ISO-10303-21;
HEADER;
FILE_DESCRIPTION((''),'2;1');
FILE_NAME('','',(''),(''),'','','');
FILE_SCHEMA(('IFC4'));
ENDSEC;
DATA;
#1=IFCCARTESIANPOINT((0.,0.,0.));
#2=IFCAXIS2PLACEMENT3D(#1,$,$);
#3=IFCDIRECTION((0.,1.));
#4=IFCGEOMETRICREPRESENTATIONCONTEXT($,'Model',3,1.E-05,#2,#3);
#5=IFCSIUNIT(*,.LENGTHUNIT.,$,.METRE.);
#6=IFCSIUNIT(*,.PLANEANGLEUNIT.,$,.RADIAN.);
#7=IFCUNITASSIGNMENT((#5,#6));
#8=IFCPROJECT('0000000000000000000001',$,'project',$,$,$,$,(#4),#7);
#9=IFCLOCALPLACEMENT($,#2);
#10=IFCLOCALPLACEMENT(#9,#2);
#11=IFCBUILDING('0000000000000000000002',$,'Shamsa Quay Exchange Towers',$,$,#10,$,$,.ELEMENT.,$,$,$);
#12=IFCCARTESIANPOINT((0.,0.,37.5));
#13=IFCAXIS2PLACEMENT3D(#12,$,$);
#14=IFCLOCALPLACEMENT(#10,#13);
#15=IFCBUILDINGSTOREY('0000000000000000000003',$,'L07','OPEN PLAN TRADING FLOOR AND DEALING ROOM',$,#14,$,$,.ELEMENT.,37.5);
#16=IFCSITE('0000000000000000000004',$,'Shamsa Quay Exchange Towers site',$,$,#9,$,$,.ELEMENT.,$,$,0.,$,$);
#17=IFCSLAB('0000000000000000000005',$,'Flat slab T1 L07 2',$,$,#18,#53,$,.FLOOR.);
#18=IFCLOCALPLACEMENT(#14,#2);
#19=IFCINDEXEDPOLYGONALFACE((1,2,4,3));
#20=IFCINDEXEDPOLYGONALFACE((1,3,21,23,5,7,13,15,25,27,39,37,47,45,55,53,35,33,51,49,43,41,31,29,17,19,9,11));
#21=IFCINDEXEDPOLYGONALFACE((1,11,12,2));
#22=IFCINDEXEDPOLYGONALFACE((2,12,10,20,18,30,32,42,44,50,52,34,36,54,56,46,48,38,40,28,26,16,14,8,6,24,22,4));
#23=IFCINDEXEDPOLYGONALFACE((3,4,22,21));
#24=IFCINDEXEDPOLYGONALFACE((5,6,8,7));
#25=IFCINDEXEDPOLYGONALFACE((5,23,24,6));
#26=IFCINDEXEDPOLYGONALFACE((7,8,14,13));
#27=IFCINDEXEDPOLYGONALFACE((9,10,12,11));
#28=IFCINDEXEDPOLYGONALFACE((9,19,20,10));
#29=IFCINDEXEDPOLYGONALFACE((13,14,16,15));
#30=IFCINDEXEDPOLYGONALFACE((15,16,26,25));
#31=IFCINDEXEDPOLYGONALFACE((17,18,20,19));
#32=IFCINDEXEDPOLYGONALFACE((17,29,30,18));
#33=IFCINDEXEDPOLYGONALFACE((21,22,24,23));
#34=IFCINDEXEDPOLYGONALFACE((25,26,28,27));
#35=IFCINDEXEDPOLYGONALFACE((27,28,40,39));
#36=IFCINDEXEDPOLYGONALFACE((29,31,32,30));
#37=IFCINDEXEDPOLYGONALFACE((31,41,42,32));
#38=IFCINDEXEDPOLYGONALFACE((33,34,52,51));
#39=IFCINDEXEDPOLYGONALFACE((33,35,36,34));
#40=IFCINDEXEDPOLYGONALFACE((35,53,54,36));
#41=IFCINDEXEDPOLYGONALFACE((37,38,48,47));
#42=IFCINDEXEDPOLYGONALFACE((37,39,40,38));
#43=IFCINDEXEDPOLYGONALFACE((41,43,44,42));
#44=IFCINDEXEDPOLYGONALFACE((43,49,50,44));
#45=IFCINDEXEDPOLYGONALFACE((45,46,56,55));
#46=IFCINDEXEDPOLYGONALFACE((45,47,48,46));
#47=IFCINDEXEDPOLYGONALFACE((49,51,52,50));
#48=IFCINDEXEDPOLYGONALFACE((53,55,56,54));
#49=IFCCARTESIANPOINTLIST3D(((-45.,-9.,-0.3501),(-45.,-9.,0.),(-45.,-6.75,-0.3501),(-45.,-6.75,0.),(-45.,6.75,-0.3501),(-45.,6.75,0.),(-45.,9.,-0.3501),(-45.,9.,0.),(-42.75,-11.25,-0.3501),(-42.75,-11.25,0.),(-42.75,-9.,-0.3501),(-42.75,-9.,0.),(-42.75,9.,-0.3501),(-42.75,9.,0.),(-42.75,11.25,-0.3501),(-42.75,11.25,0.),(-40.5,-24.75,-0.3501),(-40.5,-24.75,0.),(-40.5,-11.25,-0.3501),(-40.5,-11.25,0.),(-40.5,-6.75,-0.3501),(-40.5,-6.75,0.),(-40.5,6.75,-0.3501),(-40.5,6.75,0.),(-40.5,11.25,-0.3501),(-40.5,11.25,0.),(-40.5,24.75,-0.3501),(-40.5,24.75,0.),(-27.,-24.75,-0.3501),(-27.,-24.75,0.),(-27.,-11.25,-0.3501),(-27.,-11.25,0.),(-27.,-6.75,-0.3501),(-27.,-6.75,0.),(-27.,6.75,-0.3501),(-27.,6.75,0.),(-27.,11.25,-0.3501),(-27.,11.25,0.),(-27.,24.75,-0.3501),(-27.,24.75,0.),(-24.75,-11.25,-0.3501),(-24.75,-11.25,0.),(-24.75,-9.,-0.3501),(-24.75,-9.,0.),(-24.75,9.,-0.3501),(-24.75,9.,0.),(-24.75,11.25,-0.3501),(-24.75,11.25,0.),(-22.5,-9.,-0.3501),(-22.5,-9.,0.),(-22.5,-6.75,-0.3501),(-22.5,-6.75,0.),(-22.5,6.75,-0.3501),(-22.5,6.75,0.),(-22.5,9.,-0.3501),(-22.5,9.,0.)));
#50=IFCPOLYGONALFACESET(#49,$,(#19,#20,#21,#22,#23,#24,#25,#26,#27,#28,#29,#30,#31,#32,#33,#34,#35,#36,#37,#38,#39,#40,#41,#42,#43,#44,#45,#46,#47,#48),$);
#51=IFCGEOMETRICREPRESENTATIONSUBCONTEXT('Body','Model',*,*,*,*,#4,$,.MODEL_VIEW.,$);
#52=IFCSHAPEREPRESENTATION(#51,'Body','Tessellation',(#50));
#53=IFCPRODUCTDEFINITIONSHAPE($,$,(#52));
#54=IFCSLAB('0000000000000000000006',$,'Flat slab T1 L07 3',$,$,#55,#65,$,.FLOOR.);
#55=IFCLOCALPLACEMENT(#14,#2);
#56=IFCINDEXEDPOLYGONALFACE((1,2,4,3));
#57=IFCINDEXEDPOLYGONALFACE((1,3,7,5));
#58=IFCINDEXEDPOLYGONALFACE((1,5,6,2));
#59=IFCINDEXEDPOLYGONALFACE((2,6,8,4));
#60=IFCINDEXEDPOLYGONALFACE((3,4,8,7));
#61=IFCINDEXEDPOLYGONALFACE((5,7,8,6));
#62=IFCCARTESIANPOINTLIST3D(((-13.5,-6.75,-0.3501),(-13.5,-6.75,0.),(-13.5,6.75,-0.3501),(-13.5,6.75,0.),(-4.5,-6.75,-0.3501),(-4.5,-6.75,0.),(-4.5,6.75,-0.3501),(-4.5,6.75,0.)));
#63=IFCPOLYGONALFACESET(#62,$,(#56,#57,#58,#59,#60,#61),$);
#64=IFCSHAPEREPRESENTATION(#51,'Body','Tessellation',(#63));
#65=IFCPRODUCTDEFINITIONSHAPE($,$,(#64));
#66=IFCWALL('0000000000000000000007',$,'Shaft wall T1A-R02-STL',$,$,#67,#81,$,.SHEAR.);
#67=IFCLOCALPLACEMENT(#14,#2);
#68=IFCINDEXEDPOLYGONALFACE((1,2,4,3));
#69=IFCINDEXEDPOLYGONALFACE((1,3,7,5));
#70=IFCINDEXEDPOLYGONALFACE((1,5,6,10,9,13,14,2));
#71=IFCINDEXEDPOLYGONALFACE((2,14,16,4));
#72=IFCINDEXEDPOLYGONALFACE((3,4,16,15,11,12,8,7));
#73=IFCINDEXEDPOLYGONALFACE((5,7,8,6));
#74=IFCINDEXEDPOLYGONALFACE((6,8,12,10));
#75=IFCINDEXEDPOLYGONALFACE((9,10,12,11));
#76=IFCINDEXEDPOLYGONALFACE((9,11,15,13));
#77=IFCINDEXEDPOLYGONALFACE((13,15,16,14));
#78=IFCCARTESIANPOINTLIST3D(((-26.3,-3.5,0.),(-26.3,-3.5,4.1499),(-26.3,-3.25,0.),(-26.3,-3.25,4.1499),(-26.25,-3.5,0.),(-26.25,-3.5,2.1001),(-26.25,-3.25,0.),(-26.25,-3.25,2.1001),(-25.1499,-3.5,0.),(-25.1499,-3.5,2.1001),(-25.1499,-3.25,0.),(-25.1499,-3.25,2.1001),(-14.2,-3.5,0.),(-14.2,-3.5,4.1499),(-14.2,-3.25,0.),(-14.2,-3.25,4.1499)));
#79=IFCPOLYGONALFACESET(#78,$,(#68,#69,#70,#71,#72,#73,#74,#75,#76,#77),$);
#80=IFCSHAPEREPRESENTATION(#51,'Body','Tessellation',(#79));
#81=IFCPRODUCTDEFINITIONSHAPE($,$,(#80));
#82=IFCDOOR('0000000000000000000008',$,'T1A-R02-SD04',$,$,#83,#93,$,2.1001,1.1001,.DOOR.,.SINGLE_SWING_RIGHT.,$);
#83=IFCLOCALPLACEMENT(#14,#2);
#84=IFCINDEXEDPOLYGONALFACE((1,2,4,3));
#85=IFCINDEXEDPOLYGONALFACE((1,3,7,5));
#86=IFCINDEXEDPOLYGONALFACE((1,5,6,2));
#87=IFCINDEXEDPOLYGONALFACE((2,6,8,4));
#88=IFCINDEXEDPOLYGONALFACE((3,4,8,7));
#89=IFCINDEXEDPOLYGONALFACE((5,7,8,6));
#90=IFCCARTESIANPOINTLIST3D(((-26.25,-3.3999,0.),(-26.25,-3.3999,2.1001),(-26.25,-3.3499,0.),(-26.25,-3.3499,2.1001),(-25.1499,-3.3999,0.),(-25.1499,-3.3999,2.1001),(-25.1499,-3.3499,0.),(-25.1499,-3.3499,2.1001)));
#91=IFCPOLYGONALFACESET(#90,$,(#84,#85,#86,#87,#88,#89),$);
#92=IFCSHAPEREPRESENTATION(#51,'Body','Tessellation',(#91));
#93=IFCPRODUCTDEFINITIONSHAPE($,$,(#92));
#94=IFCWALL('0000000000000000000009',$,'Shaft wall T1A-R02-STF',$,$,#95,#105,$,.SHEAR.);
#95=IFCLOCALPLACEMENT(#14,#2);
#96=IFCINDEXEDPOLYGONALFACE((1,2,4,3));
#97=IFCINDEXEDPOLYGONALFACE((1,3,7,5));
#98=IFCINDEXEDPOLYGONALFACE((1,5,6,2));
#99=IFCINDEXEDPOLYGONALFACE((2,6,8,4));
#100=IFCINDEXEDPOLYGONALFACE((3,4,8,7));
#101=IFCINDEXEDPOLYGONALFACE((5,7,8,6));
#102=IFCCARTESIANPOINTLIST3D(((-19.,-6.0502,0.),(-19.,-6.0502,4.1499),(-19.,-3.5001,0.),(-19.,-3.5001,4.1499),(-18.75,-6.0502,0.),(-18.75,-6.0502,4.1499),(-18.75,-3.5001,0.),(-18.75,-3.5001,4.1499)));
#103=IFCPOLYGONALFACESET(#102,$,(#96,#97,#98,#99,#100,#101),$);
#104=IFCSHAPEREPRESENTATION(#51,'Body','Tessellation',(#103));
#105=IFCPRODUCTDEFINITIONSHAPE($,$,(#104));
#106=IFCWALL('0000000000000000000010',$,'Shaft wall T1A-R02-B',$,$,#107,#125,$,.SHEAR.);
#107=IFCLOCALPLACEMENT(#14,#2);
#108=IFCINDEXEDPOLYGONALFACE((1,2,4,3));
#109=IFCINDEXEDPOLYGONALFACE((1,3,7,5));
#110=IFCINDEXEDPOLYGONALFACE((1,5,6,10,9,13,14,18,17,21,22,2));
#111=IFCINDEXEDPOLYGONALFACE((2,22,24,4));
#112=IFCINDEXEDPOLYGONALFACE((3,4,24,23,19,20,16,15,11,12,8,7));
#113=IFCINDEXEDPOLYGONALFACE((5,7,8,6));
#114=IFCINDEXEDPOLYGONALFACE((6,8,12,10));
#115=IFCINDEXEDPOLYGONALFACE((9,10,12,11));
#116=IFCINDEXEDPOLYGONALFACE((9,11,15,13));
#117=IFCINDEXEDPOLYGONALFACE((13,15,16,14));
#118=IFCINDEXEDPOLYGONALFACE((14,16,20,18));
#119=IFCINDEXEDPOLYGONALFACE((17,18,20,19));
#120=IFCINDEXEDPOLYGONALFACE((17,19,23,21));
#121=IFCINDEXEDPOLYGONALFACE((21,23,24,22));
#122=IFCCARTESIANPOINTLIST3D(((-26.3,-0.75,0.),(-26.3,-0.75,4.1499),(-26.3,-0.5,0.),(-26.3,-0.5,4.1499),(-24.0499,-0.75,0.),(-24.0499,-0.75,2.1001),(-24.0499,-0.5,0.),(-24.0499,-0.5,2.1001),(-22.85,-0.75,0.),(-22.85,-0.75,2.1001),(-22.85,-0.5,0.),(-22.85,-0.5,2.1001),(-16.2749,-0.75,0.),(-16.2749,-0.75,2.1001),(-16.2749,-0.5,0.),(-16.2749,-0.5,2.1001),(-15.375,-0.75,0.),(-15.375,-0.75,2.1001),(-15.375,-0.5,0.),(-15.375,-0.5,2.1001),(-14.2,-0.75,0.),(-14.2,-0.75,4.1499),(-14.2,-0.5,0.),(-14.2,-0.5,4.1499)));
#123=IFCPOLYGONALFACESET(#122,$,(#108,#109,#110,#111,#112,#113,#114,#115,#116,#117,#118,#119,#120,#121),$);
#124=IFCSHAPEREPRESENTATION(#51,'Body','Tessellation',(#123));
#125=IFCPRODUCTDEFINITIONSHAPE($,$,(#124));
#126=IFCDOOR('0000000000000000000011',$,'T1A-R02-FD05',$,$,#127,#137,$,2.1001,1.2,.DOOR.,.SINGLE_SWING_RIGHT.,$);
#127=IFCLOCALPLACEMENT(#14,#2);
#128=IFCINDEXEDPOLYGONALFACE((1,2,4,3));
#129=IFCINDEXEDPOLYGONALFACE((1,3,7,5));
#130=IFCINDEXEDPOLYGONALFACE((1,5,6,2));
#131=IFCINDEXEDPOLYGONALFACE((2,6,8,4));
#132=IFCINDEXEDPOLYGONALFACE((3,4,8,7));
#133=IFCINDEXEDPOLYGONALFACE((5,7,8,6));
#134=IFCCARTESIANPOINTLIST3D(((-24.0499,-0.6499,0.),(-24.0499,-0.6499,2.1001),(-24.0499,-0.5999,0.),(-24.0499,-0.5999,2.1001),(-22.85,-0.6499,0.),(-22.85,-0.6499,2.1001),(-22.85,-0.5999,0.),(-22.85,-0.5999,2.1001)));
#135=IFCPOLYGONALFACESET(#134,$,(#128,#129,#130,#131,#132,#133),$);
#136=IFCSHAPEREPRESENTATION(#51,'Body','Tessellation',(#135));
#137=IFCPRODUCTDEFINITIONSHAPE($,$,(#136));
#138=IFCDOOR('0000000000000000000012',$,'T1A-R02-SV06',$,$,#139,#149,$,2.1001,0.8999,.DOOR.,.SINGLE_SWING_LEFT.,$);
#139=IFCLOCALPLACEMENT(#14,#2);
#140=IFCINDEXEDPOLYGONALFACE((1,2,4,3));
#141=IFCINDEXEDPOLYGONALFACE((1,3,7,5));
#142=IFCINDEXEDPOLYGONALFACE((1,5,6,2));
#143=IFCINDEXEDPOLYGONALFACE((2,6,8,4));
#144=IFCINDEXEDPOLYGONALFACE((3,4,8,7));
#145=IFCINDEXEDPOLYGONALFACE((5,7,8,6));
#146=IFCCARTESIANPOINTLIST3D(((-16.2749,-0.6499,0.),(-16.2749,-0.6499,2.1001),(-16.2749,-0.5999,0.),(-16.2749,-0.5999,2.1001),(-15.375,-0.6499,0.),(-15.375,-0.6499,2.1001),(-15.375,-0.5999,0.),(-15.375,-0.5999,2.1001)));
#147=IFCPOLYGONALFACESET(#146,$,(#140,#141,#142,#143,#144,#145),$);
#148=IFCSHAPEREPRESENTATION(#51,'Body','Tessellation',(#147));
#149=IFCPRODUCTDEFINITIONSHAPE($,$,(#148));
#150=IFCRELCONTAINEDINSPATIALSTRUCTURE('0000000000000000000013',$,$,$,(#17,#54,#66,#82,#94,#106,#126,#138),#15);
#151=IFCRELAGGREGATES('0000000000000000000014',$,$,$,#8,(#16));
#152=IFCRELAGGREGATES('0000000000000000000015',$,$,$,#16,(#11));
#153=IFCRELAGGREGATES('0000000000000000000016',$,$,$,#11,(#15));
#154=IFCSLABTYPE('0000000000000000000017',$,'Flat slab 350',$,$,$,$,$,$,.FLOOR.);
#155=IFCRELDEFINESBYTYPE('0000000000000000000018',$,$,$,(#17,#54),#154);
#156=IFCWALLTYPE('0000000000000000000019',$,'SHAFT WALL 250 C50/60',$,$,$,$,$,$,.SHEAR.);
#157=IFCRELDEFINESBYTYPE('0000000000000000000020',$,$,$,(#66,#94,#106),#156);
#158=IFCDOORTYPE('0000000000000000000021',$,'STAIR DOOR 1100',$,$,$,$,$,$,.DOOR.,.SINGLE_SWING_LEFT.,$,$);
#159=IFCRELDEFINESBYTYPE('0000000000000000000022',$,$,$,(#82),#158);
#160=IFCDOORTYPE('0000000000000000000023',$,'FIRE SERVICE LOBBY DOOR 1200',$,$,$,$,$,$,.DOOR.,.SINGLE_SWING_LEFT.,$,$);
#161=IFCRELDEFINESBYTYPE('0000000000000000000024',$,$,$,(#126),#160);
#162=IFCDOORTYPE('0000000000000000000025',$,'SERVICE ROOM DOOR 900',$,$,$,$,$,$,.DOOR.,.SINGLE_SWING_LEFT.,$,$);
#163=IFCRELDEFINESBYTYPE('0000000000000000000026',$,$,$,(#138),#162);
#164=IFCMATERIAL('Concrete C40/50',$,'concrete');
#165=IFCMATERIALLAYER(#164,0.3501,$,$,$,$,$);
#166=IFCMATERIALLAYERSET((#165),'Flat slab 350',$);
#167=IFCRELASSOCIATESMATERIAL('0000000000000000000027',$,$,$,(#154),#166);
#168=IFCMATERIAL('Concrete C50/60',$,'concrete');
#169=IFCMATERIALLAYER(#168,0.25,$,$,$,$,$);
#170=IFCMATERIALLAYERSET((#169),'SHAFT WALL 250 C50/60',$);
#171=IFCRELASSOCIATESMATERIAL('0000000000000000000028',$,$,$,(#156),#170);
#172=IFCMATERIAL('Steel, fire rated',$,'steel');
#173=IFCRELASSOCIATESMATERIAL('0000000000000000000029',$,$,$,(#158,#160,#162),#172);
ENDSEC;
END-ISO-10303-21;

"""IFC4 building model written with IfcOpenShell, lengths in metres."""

from ifc_helpers import new_model, si_unit, direction, frame, frame_2d, origin, place, context, subcontext, project, spatial, polyline, rectangle, outline, extrude, material, layer, layer_set, type_object, element, fill, save


model = new_model("IFC4")

# Units and contexts
model_context = context("Model", 3, precision=1e-05, world=origin(), true_north=direction((0.0, 1.0)))
body_context = subcontext(model_context, "Body", "Model", "MODEL_VIEW")
ifc_project = project(units=[si_unit("LENGTHUNIT", "METRE"), si_unit("PLANEANGLEUNIT", "RADIAN")], contexts=[model_context])

# Site, building, storey
site_placement = place(None, origin())
site = spatial("IfcSite", under=ifc_project, at=site_placement, Name="Shamsa Quay Exchange Towers site", CompositionType="ELEMENT", RefElevation=0.0)
building_placement = place(site_placement, origin())
building = spatial("IfcBuilding", under=site, at=building_placement, Name="Shamsa Quay Exchange Towers", CompositionType="ELEMENT")
storey_placement = place(building_placement, frame((0.0, 0.0, 37.5)))
storey = spatial("IfcBuildingStorey", under=building, at=storey_placement, Name="L07", Description="OPEN PLAN TRADING FLOOR AND DEALING ROOM", CompositionType="ELEMENT", Elevation=37.5)

# Slabs
ifc_material_1 = material(Name="Concrete C40/50", Category="concrete")
ifc_layer_1 = layer(ifc_material_1, 0.3501)
ifc_layer_set_1 = layer_set([ifc_layer_1], Name="Flat slab 350")
slab_type = type_object("IfcSlabType", Name="Flat slab 350", PredefinedType="FLOOR", material=ifc_layer_set_1)
slab_1_placement = place(storey_placement, frame((0.0, 0.0, -0.3501)))
element("IfcSlab", 1, at=slab_1_placement, inside=storey, type_object=slab_type, Name="Flat slab T1 L07 2", PredefinedType="FLOOR", context=body_context, shape_type="SweptSolid", body=[
    extrude(outline(polyline([(-22.5, -9.0), (-22.5, -6.75), (-27.0, -6.75), (-27.0, 6.75), (-22.5, 6.75), (-22.5, 9.0), (-24.75, 9.0), (-24.75, 11.25), (-27.0, 11.25), (-27.0, 24.75), (-40.5, 24.75), (-40.5, 11.25), (-42.75, 11.25), (-42.75, 9.0), (-45.0, 9.0), (-45.0, 6.75), (-40.5, 6.75), (-40.5, -6.75), (-45.0, -6.75), (-45.0, -9.0), (-42.75, -9.0), (-42.75, -11.25), (-40.5, -11.25), (-40.5, -24.75), (-27.0, -24.75), (-27.0, -11.25), (-24.75, -11.25), (-24.75, -9.0), (-22.5, -9.0)])), origin(), (0.0, 0.0, 1.0), 0.3501),
])
slab_2_placement = place(storey_placement, frame((0.0, 0.0, -0.3501)))
element("IfcSlab", 2, at=slab_2_placement, inside=storey, type_object=slab_type, Name="Flat slab T1 L07 3", PredefinedType="FLOOR", context=body_context, shape_type="SweptSolid", body=[
    extrude(outline(polyline([(-4.5, 6.75), (-13.5, 6.75), (-13.5, -6.75), (-4.5, -6.75), (-4.5, 6.75)])), origin(), (0.0, 0.0, 1.0), 0.3501),
])

# Wall, opening, door
ifc_material_2 = material(Name="Concrete C50/60", Category="concrete")
ifc_layer_2 = layer(ifc_material_2, 0.25)
ifc_layer_set_2 = layer_set([ifc_layer_2], Name="SHAFT WALL 250 C50/60")
wall_type = type_object("IfcWallType", Name="SHAFT WALL 250 C50/60", PredefinedType="SHEAR", material=ifc_layer_set_2)
wall_1_placement = place(storey_placement, frame((-14.2, -3.375, 0.0), z_axis=(0.0, 0.0, 1.0), x_axis=(-1.0, 0.0, 0.0)))
wall_1 = element("IfcWall", 3, at=wall_1_placement, inside=storey, type_object=wall_type, Name="Shaft wall T1A-R02-STL", PredefinedType="SHEAR", context=body_context, shape_type="SweptSolid", body=[
    extrude(rectangle(XDim=12.1001, YDim=0.25, at=frame_2d((6.05, 0.0))), origin(), (0.0, 0.0, 1.0), 4.1499),
])
opening_1_placement = place(wall_1_placement, frame((10.95, 0.0, 0.0)))
opening_1 = element("IfcOpeningElement", 4, at=opening_1_placement, cuts=wall_1, PredefinedType="OPENING", context=body_context, shape_type="SweptSolid", body=[
    extrude(rectangle(XDim=1.1001, YDim=2.1001, at=frame_2d((0.55, 1.05))), frame((0.0, 0.135, 0.0), z_axis=(0.0, -1.0, 0.0), x_axis=(1.0, 0.0, 0.0)), (0.0, 0.0, 1.0), 0.27),
])
ifc_material_3 = material(Name="Steel, fire rated", Category="steel")
door_type_1 = type_object("IfcDoorType", Name="STAIR DOOR 1100", OperationType="SINGLE_SWING_LEFT", PredefinedType="DOOR", material=ifc_material_3)
door_1_placement = place(opening_1_placement, origin())
door_1 = element("IfcDoor", 5, at=door_1_placement, inside=storey, type_object=door_type_1, Name="T1A-R02-SD04", OperationType="SINGLE_SWING_RIGHT", OverallHeight=2.1001, OverallWidth=1.1001, PredefinedType="DOOR", context=body_context, shape_type="SweptSolid", body=[
    extrude(rectangle(XDim=1.1001, YDim=2.1001, at=frame_2d((0.55, 1.05))), frame((0.0, 0.0249, 0.0), z_axis=(0.0, -1.0, 0.0), x_axis=(1.0, 0.0, 0.0)), (0.0, 0.0, 1.0), 0.05),
])
fill(opening_1, door_1)

# Wall
wall_2_placement = place(storey_placement, frame((-18.875, -6.05, 0.0), z_axis=(0.0, 0.0, 1.0), x_axis=(0.0, 1.0, 0.0)))
element("IfcWall", 6, at=wall_2_placement, inside=storey, type_object=wall_type, Name="Shaft wall T1A-R02-STF", PredefinedType="SHEAR", context=body_context, shape_type="SweptSolid", body=[
    extrude(rectangle(XDim=2.55, YDim=0.25, at=frame_2d((1.2749, 0.0))), origin(), (0.0, 0.0, 1.0), 4.1499),
])

# Wall, openings, doors
wall_3_placement = place(storey_placement, frame((-14.2, -0.625, 0.0), z_axis=(0.0, 0.0, 1.0), x_axis=(-1.0, 0.0, 0.0)))
wall_3 = element("IfcWall", 7, at=wall_3_placement, inside=storey, type_object=wall_type, Name="Shaft wall T1A-R02-B", PredefinedType="SHEAR", context=body_context, shape_type="SweptSolid", body=[
    extrude(rectangle(XDim=12.1001, YDim=0.25, at=frame_2d((6.05, 0.0))), origin(), (0.0, 0.0, 1.0), 4.1499),
])
opening_2_placement = place(wall_3_placement, frame((8.6499, 0.0, 0.0)))
opening_2 = element("IfcOpeningElement", 8, at=opening_2_placement, cuts=wall_3, PredefinedType="OPENING", context=body_context, shape_type="SweptSolid", body=[
    extrude(rectangle(XDim=1.2, YDim=2.1001, at=frame_2d((0.6001, 1.05))), frame((0.0, 0.135, 0.0), z_axis=(0.0, -1.0, 0.0), x_axis=(1.0, 0.0, 0.0)), (0.0, 0.0, 1.0), 0.27),
])
opening_3_placement = place(wall_3_placement, frame((1.175, 0.0, 0.0)))
opening_3 = element("IfcOpeningElement", 9, at=opening_3_placement, cuts=wall_3, PredefinedType="OPENING", context=body_context, shape_type="SweptSolid", body=[
    extrude(rectangle(XDim=0.8999, YDim=2.1001, at=frame_2d((0.45, 1.05))), frame((0.0, 0.135, 0.0), z_axis=(0.0, -1.0, 0.0), x_axis=(1.0, 0.0, 0.0)), (0.0, 0.0, 1.0), 0.27),
])
door_type_2 = type_object("IfcDoorType", Name="FIRE SERVICE LOBBY DOOR 1200", OperationType="SINGLE_SWING_LEFT", PredefinedType="DOOR", material=ifc_material_3)
door_2_placement = place(opening_2_placement, origin())
door_2 = element("IfcDoor", 10, at=door_2_placement, inside=storey, type_object=door_type_2, Name="T1A-R02-FD05", OperationType="SINGLE_SWING_RIGHT", OverallHeight=2.1001, OverallWidth=1.2, PredefinedType="DOOR", context=body_context, shape_type="SweptSolid", body=[
    extrude(rectangle(XDim=1.2, YDim=2.1001, at=frame_2d((0.6001, 1.05))), frame((0.0, 0.0249, 0.0), z_axis=(0.0, -1.0, 0.0), x_axis=(1.0, 0.0, 0.0)), (0.0, 0.0, 1.0), 0.05),
])
fill(opening_2, door_2)
door_type_3 = type_object("IfcDoorType", Name="SERVICE ROOM DOOR 900", OperationType="SINGLE_SWING_LEFT", PredefinedType="DOOR", material=ifc_material_3)
door_3_placement = place(opening_3_placement, origin())
door_3 = element("IfcDoor", 11, at=door_3_placement, inside=storey, type_object=door_type_3, Name="T1A-R02-SV06", OperationType="SINGLE_SWING_LEFT", OverallHeight=2.1001, OverallWidth=0.8999, PredefinedType="DOOR", context=body_context, shape_type="SweptSolid", body=[
    extrude(rectangle(XDim=0.8999, YDim=2.1001, at=frame_2d((0.45, 1.05))), frame((0.0, 0.0249, 0.0), z_axis=(0.0, -1.0, 0.0), x_axis=(1.0, 0.0, 0.0)), (0.0, 0.0, 1.0), 0.05),
])
fill(opening_3, door_3)

save(model, "model.ifc")
